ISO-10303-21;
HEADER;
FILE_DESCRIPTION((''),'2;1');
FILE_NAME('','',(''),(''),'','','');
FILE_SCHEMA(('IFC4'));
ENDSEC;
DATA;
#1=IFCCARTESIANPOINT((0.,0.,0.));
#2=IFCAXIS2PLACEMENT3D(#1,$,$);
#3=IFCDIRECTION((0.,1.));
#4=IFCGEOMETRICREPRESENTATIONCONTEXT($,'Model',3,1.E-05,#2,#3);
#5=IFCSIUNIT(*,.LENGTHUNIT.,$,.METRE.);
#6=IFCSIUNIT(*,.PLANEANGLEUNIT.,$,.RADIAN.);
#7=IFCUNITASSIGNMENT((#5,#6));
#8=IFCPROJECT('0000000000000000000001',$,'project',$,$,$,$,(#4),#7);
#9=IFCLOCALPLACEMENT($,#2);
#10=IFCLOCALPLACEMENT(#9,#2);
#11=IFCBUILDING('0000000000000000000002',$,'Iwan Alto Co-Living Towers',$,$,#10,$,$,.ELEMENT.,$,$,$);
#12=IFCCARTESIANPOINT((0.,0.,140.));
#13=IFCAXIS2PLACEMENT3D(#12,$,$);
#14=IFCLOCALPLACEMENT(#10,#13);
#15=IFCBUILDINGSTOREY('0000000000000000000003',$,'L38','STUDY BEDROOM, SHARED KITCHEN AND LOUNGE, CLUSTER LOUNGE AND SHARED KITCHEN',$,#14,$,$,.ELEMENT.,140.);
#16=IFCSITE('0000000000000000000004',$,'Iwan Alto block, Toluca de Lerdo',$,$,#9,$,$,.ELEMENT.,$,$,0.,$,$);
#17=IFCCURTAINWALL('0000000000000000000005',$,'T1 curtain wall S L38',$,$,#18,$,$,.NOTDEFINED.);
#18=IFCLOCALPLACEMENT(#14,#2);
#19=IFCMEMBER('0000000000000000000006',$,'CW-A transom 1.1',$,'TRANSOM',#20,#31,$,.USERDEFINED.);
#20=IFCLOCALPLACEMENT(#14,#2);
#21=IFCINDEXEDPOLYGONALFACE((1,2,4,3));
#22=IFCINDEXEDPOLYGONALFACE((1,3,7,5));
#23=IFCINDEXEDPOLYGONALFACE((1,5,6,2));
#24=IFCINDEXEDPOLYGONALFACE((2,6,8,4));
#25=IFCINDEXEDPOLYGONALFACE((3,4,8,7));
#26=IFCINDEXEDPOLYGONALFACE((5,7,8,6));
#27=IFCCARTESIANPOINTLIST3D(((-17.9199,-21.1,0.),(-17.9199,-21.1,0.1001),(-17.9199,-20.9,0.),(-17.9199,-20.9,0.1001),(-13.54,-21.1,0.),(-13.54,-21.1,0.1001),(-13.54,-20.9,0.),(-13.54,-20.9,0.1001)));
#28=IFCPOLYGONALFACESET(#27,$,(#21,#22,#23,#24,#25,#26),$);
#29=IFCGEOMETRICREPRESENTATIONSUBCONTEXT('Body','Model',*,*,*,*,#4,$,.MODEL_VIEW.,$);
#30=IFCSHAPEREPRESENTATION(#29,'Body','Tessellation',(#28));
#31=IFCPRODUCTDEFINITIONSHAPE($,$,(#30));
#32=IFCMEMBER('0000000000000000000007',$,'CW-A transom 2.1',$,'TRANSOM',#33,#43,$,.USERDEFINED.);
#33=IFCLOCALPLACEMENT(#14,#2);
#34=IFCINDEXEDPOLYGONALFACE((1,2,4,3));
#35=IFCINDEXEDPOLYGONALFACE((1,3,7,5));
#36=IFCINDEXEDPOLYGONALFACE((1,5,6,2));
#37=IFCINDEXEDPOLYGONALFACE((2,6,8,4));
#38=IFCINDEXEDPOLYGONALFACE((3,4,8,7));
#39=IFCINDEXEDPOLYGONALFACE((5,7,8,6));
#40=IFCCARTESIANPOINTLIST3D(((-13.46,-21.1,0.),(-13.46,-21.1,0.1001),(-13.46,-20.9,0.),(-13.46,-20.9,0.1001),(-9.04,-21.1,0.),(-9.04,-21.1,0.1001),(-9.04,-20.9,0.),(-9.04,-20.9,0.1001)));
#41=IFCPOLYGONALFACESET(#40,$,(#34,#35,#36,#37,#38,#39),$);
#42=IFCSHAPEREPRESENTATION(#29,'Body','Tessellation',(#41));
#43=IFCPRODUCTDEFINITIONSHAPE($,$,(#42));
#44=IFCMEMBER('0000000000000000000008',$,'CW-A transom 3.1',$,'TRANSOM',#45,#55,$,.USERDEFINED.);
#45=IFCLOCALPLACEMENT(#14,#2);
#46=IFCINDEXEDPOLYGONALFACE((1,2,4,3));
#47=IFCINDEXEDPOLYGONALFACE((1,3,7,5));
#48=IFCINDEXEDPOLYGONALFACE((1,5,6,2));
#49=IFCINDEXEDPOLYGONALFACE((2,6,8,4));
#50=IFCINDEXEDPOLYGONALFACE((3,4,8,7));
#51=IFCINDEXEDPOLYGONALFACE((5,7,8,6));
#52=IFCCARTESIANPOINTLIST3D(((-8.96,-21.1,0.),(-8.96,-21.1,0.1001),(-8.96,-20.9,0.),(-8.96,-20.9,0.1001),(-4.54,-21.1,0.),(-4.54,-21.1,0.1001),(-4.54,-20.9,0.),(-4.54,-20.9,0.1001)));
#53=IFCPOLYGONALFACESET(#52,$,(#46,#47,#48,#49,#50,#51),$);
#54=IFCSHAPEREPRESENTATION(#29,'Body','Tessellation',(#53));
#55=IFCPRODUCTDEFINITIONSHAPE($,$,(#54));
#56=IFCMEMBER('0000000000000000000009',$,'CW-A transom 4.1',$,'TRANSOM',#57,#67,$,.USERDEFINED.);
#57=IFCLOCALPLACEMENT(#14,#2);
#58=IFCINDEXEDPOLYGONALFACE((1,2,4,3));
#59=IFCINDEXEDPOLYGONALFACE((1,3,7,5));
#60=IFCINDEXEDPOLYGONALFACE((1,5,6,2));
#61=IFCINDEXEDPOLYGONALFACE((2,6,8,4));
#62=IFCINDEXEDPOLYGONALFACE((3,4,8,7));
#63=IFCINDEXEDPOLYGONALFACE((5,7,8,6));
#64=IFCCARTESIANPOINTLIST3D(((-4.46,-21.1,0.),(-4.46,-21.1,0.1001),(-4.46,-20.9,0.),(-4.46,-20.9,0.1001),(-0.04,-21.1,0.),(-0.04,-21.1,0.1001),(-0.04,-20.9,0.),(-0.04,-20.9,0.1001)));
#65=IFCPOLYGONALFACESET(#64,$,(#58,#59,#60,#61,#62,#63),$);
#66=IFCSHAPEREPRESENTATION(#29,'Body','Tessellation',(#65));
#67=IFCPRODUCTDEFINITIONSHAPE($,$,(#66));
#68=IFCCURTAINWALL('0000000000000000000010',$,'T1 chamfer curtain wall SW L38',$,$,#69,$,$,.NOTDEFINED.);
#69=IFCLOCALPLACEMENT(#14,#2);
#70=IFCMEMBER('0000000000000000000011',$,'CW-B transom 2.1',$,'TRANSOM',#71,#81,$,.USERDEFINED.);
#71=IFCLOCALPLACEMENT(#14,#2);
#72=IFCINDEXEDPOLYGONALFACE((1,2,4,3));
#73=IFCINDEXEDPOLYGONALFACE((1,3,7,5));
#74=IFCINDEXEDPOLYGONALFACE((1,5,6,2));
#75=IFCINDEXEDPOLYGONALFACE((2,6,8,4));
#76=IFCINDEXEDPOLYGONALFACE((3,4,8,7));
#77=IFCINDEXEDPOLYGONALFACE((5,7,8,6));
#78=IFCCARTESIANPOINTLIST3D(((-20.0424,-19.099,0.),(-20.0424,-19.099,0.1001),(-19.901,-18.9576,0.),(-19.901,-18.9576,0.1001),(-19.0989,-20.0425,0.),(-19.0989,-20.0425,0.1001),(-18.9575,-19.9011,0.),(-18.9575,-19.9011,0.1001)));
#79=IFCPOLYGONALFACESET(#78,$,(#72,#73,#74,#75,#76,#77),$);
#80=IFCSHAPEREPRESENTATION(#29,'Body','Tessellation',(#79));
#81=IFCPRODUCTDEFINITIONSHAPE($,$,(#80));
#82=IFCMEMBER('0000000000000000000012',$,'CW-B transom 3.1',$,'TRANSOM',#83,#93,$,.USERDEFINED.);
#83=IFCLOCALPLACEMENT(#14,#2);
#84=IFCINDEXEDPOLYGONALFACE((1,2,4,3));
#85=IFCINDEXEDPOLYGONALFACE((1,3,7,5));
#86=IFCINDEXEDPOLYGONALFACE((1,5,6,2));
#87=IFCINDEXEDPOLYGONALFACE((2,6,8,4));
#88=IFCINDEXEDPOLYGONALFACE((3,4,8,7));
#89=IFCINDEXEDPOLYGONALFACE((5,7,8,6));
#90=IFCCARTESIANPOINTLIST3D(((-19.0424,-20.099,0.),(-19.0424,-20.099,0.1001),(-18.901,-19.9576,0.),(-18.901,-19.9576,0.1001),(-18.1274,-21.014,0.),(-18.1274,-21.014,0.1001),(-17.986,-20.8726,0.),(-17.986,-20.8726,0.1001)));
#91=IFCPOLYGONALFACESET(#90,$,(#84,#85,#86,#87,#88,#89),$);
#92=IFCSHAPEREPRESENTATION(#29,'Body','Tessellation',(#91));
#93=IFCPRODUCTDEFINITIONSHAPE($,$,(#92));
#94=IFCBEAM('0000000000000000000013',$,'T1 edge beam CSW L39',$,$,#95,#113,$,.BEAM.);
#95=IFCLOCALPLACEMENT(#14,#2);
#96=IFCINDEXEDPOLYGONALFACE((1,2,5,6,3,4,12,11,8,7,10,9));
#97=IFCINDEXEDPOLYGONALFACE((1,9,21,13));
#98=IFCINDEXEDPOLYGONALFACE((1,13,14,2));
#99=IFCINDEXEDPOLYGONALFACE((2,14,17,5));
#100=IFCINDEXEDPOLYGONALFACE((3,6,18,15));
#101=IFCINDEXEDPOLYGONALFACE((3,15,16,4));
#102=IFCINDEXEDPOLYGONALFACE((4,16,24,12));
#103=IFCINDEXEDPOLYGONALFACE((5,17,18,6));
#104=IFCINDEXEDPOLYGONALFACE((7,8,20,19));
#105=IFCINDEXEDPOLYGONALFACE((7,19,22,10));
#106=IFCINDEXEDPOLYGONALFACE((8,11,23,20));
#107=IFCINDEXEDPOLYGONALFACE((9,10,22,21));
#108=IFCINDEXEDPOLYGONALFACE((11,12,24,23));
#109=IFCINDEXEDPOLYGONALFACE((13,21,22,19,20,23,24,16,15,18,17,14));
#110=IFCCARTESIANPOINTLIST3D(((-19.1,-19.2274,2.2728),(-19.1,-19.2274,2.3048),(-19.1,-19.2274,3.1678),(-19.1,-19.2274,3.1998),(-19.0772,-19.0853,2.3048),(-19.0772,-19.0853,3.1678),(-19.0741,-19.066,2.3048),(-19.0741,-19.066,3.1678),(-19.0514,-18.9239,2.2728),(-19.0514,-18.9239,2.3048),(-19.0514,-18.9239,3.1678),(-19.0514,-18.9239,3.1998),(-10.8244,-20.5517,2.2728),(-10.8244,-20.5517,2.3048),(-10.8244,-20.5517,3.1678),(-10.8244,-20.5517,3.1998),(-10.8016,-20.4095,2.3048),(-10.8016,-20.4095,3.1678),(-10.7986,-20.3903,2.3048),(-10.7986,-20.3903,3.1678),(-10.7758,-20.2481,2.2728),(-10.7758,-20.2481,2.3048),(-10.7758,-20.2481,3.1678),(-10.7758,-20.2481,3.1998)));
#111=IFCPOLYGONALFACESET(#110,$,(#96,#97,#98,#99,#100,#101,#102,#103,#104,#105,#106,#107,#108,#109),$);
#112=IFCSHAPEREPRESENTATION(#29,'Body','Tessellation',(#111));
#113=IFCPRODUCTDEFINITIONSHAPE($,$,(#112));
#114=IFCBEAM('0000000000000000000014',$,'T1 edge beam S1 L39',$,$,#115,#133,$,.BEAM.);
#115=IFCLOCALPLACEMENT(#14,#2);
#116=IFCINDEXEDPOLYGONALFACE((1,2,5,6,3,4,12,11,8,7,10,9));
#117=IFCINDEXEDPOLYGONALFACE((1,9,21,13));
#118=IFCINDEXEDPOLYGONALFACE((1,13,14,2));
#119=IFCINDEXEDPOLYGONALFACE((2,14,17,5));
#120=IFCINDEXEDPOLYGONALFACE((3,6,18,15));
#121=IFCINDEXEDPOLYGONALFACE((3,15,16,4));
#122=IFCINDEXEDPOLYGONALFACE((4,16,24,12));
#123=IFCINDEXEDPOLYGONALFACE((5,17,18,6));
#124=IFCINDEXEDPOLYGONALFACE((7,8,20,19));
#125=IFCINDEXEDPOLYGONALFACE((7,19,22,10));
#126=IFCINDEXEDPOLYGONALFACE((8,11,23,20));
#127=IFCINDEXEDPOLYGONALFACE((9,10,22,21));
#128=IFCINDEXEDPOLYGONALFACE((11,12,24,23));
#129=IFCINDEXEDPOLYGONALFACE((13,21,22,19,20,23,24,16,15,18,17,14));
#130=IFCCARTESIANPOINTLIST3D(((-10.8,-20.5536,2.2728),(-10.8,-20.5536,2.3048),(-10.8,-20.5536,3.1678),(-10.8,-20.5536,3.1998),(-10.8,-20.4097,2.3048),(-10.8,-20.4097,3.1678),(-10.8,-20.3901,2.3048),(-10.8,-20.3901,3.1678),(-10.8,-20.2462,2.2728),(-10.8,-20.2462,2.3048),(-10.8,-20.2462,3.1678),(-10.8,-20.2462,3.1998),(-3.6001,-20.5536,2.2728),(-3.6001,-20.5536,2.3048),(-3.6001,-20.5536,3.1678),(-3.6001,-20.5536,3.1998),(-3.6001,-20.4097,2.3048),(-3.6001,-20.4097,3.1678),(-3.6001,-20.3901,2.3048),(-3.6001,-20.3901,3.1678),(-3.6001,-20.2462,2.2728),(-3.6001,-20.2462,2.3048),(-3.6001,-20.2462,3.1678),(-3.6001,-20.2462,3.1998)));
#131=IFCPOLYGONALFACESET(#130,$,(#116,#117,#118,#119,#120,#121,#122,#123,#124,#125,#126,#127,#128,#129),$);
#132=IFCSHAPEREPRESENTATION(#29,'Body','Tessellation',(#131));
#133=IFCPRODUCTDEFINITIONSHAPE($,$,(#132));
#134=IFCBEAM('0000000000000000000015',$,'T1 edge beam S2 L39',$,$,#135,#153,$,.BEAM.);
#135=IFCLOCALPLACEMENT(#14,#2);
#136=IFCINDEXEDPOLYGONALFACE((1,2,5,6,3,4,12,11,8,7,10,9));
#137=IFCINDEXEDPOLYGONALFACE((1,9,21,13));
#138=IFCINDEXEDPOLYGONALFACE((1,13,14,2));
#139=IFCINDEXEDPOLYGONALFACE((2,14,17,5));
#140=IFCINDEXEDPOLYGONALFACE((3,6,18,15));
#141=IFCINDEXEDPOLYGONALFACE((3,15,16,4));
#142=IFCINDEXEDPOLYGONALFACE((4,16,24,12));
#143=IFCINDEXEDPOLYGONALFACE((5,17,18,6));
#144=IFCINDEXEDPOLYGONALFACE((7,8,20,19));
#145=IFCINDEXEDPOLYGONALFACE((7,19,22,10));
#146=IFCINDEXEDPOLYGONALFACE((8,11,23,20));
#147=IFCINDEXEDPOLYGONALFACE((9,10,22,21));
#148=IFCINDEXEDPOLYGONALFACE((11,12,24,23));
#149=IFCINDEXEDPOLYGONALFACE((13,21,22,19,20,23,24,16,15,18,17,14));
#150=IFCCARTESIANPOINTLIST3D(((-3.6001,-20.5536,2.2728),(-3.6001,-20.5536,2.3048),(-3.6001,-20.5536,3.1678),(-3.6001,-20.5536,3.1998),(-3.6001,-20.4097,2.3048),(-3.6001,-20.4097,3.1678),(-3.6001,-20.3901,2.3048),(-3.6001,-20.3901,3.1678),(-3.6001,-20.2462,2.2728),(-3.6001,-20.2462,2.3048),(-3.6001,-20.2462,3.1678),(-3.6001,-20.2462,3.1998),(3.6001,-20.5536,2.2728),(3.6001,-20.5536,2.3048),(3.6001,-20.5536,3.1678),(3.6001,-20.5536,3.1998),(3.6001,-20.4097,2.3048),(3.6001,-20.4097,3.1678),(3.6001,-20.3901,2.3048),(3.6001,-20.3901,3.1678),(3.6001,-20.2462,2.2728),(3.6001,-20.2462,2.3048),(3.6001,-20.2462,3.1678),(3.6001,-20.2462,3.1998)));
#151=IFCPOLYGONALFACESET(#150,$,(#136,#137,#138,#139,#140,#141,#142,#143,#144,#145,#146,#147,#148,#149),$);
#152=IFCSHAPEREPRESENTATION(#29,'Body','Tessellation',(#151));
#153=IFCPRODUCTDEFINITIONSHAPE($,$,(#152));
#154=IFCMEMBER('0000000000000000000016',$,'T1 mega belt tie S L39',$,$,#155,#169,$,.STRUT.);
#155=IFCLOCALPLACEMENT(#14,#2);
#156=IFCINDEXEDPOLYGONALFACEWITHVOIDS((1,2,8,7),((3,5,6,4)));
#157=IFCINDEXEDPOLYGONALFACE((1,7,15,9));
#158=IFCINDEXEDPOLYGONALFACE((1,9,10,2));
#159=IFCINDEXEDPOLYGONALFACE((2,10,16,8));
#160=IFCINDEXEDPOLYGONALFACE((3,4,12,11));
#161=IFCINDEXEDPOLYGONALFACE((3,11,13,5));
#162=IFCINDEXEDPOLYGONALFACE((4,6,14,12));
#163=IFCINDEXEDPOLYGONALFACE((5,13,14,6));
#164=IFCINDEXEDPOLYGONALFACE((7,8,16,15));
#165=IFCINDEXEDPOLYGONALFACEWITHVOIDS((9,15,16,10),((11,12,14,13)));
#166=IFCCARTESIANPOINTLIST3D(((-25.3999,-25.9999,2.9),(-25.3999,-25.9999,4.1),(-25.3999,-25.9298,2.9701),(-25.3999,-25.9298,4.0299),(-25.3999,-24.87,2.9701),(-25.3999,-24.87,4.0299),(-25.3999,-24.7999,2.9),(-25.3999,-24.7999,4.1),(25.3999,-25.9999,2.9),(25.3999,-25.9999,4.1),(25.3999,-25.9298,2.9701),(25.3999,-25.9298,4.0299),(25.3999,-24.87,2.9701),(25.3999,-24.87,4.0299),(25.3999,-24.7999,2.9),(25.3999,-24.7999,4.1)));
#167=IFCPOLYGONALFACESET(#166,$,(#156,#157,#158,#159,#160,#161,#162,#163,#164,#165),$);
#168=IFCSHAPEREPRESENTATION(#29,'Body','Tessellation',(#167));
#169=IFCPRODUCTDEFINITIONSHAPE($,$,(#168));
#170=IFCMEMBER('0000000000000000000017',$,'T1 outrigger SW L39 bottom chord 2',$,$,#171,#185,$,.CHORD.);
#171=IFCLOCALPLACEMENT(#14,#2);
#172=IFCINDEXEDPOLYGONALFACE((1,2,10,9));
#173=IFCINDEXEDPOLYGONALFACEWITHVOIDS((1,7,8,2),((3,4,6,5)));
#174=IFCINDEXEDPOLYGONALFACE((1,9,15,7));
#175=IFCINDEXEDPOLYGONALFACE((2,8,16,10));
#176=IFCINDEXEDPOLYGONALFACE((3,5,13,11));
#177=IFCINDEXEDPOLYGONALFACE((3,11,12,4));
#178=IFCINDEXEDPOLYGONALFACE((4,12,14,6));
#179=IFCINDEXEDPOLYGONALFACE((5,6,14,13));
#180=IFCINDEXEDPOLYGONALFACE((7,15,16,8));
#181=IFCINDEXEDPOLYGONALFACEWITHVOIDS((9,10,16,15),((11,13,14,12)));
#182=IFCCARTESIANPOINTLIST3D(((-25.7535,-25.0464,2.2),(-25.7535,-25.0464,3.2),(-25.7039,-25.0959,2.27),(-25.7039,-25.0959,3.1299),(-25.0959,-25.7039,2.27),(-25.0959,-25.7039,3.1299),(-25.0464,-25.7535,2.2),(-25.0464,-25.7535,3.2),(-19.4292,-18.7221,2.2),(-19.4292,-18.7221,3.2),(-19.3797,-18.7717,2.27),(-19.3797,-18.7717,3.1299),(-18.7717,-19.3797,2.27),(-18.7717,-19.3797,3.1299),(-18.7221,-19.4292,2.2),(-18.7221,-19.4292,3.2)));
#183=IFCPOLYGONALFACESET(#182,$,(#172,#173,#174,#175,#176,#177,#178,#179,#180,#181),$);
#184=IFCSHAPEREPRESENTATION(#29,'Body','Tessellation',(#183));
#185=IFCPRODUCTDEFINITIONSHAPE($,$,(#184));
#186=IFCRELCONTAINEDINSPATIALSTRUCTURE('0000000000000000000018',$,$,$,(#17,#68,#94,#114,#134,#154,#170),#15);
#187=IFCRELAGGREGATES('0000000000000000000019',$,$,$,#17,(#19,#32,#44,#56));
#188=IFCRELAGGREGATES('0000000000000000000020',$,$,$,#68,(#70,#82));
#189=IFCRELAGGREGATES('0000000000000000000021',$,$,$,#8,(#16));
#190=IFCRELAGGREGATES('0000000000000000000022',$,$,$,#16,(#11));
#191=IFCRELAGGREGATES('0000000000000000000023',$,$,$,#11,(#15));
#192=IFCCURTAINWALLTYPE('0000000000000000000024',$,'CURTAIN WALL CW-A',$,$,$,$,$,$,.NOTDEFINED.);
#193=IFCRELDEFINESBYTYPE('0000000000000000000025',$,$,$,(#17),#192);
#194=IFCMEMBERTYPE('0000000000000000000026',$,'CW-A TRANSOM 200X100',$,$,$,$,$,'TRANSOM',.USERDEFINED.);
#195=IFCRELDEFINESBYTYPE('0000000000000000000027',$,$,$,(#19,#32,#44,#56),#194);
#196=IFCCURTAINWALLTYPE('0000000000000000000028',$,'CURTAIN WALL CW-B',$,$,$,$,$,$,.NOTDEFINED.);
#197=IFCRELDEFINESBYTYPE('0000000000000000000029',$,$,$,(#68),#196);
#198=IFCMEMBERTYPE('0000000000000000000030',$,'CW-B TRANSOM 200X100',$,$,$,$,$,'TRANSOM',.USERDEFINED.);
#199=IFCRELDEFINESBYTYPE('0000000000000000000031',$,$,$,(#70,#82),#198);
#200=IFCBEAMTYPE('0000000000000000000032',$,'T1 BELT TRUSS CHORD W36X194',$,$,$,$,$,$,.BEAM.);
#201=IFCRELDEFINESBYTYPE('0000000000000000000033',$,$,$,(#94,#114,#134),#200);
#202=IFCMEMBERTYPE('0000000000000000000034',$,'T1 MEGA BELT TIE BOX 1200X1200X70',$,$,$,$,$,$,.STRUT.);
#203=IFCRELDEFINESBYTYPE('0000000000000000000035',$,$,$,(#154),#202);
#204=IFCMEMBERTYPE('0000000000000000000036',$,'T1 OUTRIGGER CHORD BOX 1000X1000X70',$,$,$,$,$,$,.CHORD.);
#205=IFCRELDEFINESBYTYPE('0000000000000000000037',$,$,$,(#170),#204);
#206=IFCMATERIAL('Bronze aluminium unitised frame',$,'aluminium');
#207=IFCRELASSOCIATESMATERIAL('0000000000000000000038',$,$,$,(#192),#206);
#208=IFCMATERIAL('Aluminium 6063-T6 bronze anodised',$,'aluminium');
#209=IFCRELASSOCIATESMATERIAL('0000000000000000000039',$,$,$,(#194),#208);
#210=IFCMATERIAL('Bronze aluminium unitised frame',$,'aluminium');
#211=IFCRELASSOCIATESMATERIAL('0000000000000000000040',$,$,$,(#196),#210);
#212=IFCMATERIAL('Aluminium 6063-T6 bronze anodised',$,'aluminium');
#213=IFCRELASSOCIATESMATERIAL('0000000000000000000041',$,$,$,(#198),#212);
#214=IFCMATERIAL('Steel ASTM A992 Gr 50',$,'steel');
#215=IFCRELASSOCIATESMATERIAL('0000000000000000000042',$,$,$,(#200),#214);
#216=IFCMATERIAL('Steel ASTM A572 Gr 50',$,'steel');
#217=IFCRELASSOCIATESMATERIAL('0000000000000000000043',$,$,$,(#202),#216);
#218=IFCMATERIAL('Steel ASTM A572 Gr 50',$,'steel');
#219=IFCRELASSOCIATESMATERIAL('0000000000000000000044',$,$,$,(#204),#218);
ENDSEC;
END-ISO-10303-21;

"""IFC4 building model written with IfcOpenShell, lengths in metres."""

from ifc_helpers import new_model, si_unit, direction, frame, origin, origin_2d, place, context, subcontext, project, spatial, rectangle, hollow_rectangle, i_section, extrude, material, material_profile, profile_set, type_object, element, aggregate, save


model = new_model("IFC4")

# Units and contexts
model_context = context("Model", 3, precision=1e-05, world=origin(), true_north=direction((0.0, 1.0)))
body_context = subcontext(model_context, "Body", "Model", "MODEL_VIEW")
ifc_project = project(units=[si_unit("LENGTHUNIT", "METRE"), si_unit("PLANEANGLEUNIT", "RADIAN")], contexts=[model_context])

# Site, building, storey
site_placement = place(None, origin())
site = spatial("IfcSite", under=ifc_project, at=site_placement, Name="Iwan Alto block, Toluca de Lerdo", CompositionType="ELEMENT", RefElevation=0.0)
building_placement = place(site_placement, origin())
building = spatial("IfcBuilding", under=site, at=building_placement, Name="Iwan Alto Co-Living Towers", CompositionType="ELEMENT")
storey_placement = place(building_placement, frame((0.0, 0.0, 140.0)))
storey = spatial("IfcBuildingStorey", under=building, at=storey_placement, Name="L38", Description="STUDY BEDROOM, SHARED KITCHEN AND LOUNGE, CLUSTER LOUNGE AND SHARED KITCHEN", CompositionType="ELEMENT", Elevation=140.0)

# Curtain walls, members
ifc_material_1 = material(Name="Bronze aluminium unitised frame", Category="aluminium")
curtain_wall_type_1 = type_object("IfcCurtainWallType", Name="CURTAIN WALL CW-A", PredefinedType="NOTDEFINED", material=ifc_material_1)
curtain_wall_1_placement = place(storey_placement, origin())
curtain_wall_1 = element("IfcCurtainWall", 1, at=curtain_wall_1_placement, inside=storey, type_object=curtain_wall_type_1, Name="T1 curtain wall S L38", PredefinedType="NOTDEFINED")
ifc_material_2 = material(Name="Aluminium 6063-T6 bronze anodised", Category="aluminium")
ifc_material_profile_1 = material_profile(ifc_material_2, rectangle(XDim=0.2, YDim=0.1001, at=origin_2d()), Name="AL 200X100")
ifc_profile_set_1 = profile_set([ifc_material_profile_1], Name="Aluminium 6063-T6 bronze anodised")
member_type_1 = type_object("IfcMemberType", Name="CW-A TRANSOM 200X100", ElementType="TRANSOM", PredefinedType="USERDEFINED", material=ifc_profile_set_1)
member_1_placement = place(storey_placement, frame((-17.9199, -21.0, 0.05), z_axis=(1.0, 0.0, 0.0), x_axis=(0.0, 1.0, 0.0)))
member_1 = element("IfcMember", 2, at=member_1_placement, type_object=member_type_1, Name="CW-A transom 1.1", ObjectType="TRANSOM", PredefinedType="USERDEFINED", context=body_context, shape_type="SweptSolid", body=[
    extrude(rectangle(XDim=0.2, YDim=0.1001, at=origin_2d()), origin(), (0.0, 0.0, 1.0), 4.3799),
])
member_2_placement = place(storey_placement, frame((-13.46, -21.0, 0.05), z_axis=(1.0, 0.0, 0.0), x_axis=(0.0, 1.0, 0.0)))
member_2 = element("IfcMember", 3, at=member_2_placement, type_object=member_type_1, Name="CW-A transom 2.1", ObjectType="TRANSOM", PredefinedType="USERDEFINED", context=body_context, shape_type="SweptSolid", body=[
    extrude(rectangle(XDim=0.2, YDim=0.1001, at=origin_2d()), origin(), (0.0, 0.0, 1.0), 4.4199),
])
member_3_placement = place(storey_placement, frame((-8.96, -21.0, 0.05), z_axis=(1.0, 0.0, 0.0), x_axis=(0.0, 1.0, 0.0)))
member_3 = element("IfcMember", 4, at=member_3_placement, type_object=member_type_1, Name="CW-A transom 3.1", ObjectType="TRANSOM", PredefinedType="USERDEFINED", context=body_context, shape_type="SweptSolid", body=[
    extrude(rectangle(XDim=0.2, YDim=0.1001, at=origin_2d()), origin(), (0.0, 0.0, 1.0), 4.4199),
])
member_4_placement = place(storey_placement, frame((-4.46, -21.0, 0.05), z_axis=(1.0, 0.0, 0.0), x_axis=(0.0, 1.0, 0.0)))
member_4 = element("IfcMember", 5, at=member_4_placement, type_object=member_type_1, Name="CW-A transom 4.1", ObjectType="TRANSOM", PredefinedType="USERDEFINED", context=body_context, shape_type="SweptSolid", body=[
    extrude(rectangle(XDim=0.2, YDim=0.1001, at=origin_2d()), origin(), (0.0, 0.0, 1.0), 4.4199),
])
ifc_material_3 = material(Name="Bronze aluminium unitised frame", Category="aluminium")
curtain_wall_type_2 = type_object("IfcCurtainWallType", Name="CURTAIN WALL CW-B", PredefinedType="NOTDEFINED", material=ifc_material_3)
curtain_wall_2_placement = place(storey_placement, origin())
curtain_wall_2 = element("IfcCurtainWall", 6, at=curtain_wall_2_placement, inside=storey, type_object=curtain_wall_type_2, Name="T1 chamfer curtain wall SW L38", PredefinedType="NOTDEFINED")
ifc_material_4 = material(Name="Aluminium 6063-T6 bronze anodised", Category="aluminium")
ifc_material_profile_2 = material_profile(ifc_material_4, rectangle(XDim=0.2, YDim=0.1001, at=origin_2d()), Name="AL 200X100")
ifc_profile_set_2 = profile_set([ifc_material_profile_2], Name="Aluminium 6063-T6 bronze anodised")
member_type_2 = type_object("IfcMemberType", Name="CW-B TRANSOM 200X100", ElementType="TRANSOM", PredefinedType="USERDEFINED", material=ifc_profile_set_2)
member_5_placement = place(storey_placement, frame((-19.9717, -19.0283, 0.05), z_axis=(0.707107, -0.707107, 0.0), x_axis=(0.707107, 0.707107, 0.0)))
member_5 = element("IfcMember", 7, at=member_5_placement, type_object=member_type_2, Name="CW-B transom 2.1", ObjectType="TRANSOM", PredefinedType="USERDEFINED", context=body_context, shape_type="SweptSolid", body=[
    extrude(rectangle(XDim=0.2, YDim=0.1001, at=origin_2d()), origin(), (0.0, 0.0, 1.0), 1.3342),
])
member_6_placement = place(storey_placement, frame((-18.9717, -20.0283, 0.05), z_axis=(0.707107, -0.707107, 0.0), x_axis=(0.707107, 0.707107, 0.0)))
member_6 = element("IfcMember", 8, at=member_6_placement, type_object=member_type_2, Name="CW-B transom 3.1", ObjectType="TRANSOM", PredefinedType="USERDEFINED", context=body_context, shape_type="SweptSolid", body=[
    extrude(rectangle(XDim=0.2, YDim=0.1001, at=origin_2d()), origin(), (0.0, 0.0, 1.0), 1.2939),
])

# Beams
ifc_material_5 = material(Name="Steel ASTM A992 Gr 50", Category="steel")
ifc_material_profile_3 = material_profile(ifc_material_5, i_section(OverallWidth=0.3074, OverallDepth=0.927, WebThickness=0.0195, FlangeThickness=0.032, at=origin_2d()), Name="W36X194")
ifc_profile_set_3 = profile_set([ifc_material_profile_3], Name="Steel ASTM A992 Gr 50")
beam_type_1 = type_object("IfcBeamType", Name="T1 BELT TRUSS CHORD W36X194", PredefinedType="BEAM", material=ifc_profile_set_3)
beam_1_placement = place(storey_placement, frame((-19.0757, -19.0757, 2.7363), z_axis=(0.987438, -0.158004, 0.0), x_axis=(0.158004, 0.987438, 0.0)))
element("IfcBeam", 9, at=beam_1_placement, inside=storey, type_object=beam_type_1, Name="T1 edge beam CSW L39", PredefinedType="BEAM", context=body_context, shape_type="SweptSolid", body=[
    extrude(i_section(OverallWidth=0.3074, OverallDepth=0.927, WebThickness=0.0195, FlangeThickness=0.032, at=origin_2d()), origin(), (0.0, 0.0, 1.0), 8.3809),
])
beam_2_placement = place(storey_placement, frame((-10.8, -20.3999, 2.7363), z_axis=(1.0, 0.0, 0.0), x_axis=(0.0, 1.0, 0.0)))
element("IfcBeam", 10, at=beam_2_placement, inside=storey, type_object=beam_type_1, Name="T1 edge beam S1 L39", PredefinedType="BEAM", context=body_context, shape_type="SweptSolid", body=[
    extrude(i_section(OverallWidth=0.3074, OverallDepth=0.927, WebThickness=0.0195, FlangeThickness=0.032, at=origin_2d()), origin(), (0.0, 0.0, 1.0), 7.2),
])
beam_3_placement = place(storey_placement, frame((-3.6001, -20.3999, 2.7363), z_axis=(1.0, 0.0, 0.0), x_axis=(0.0, 1.0, 0.0)))
element("IfcBeam", 11, at=beam_3_placement, inside=storey, type_object=beam_type_1, Name="T1 edge beam S2 L39", PredefinedType="BEAM", context=body_context, shape_type="SweptSolid", body=[
    extrude(i_section(OverallWidth=0.3074, OverallDepth=0.927, WebThickness=0.0195, FlangeThickness=0.032, at=origin_2d()), origin(), (0.0, 0.0, 1.0), 7.2002),
])

# Members
ifc_material_6 = material(Name="Steel ASTM A572 Gr 50", Category="steel")
ifc_material_profile_4 = material_profile(ifc_material_6, hollow_rectangle(XDim=1.2, YDim=1.2, WallThickness=0.0701, at=origin_2d()), Name="BOX 1200X1200X70")
ifc_profile_set_4 = profile_set([ifc_material_profile_4], Name="Steel ASTM A572 Gr 50")
member_type_3 = type_object("IfcMemberType", Name="T1 MEGA BELT TIE BOX 1200X1200X70", PredefinedType="STRUT", material=ifc_profile_set_4)
member_7_placement = place(storey_placement, frame((-25.3999, -25.3999, 3.5), z_axis=(1.0, 0.0, 0.0), x_axis=(0.0, 1.0, 0.0)))
element("IfcMember", 12, at=member_7_placement, inside=storey, type_object=member_type_3, Name="T1 mega belt tie S L39", PredefinedType="STRUT", context=body_context, shape_type="SweptSolid", body=[
    extrude(hollow_rectangle(XDim=1.2, YDim=1.2, WallThickness=0.0701, at=origin_2d()), origin(), (0.0, 0.0, 1.0), 50.7998),
])
ifc_material_7 = material(Name="Steel ASTM A572 Gr 50", Category="steel")
ifc_material_profile_5 = material_profile(ifc_material_7, hollow_rectangle(XDim=1.0, YDim=1.0, WallThickness=0.0701, at=origin_2d()), Name="BOX 1000X1000X70")
ifc_profile_set_5 = profile_set([ifc_material_profile_5], Name="Steel ASTM A572 Gr 50")
member_type_4 = type_object("IfcMemberType", Name="T1 OUTRIGGER CHORD BOX 1000X1000X70", PredefinedType="CHORD", material=ifc_profile_set_5)
member_8_placement = place(storey_placement, frame((-19.0757, -19.0757, 2.7), z_axis=(-0.707107, -0.707107, 0.0), x_axis=(0.707107, -0.707107, 0.0)))
element("IfcMember", 13, at=member_8_placement, inside=storey, type_object=member_type_4, Name="T1 outrigger SW L39 bottom chord 2", PredefinedType="CHORD", context=body_context, shape_type="SweptSolid", body=[
    extrude(hollow_rectangle(XDim=1.0, YDim=1.0, WallThickness=0.0701, at=origin_2d()), origin(), (0.0, 0.0, 1.0), 8.9438),
])

aggregate(curtain_wall_1, [member_1, member_2, member_3, member_4])
aggregate(curtain_wall_2, [member_5, member_6])

save(model, "model.ifc")
